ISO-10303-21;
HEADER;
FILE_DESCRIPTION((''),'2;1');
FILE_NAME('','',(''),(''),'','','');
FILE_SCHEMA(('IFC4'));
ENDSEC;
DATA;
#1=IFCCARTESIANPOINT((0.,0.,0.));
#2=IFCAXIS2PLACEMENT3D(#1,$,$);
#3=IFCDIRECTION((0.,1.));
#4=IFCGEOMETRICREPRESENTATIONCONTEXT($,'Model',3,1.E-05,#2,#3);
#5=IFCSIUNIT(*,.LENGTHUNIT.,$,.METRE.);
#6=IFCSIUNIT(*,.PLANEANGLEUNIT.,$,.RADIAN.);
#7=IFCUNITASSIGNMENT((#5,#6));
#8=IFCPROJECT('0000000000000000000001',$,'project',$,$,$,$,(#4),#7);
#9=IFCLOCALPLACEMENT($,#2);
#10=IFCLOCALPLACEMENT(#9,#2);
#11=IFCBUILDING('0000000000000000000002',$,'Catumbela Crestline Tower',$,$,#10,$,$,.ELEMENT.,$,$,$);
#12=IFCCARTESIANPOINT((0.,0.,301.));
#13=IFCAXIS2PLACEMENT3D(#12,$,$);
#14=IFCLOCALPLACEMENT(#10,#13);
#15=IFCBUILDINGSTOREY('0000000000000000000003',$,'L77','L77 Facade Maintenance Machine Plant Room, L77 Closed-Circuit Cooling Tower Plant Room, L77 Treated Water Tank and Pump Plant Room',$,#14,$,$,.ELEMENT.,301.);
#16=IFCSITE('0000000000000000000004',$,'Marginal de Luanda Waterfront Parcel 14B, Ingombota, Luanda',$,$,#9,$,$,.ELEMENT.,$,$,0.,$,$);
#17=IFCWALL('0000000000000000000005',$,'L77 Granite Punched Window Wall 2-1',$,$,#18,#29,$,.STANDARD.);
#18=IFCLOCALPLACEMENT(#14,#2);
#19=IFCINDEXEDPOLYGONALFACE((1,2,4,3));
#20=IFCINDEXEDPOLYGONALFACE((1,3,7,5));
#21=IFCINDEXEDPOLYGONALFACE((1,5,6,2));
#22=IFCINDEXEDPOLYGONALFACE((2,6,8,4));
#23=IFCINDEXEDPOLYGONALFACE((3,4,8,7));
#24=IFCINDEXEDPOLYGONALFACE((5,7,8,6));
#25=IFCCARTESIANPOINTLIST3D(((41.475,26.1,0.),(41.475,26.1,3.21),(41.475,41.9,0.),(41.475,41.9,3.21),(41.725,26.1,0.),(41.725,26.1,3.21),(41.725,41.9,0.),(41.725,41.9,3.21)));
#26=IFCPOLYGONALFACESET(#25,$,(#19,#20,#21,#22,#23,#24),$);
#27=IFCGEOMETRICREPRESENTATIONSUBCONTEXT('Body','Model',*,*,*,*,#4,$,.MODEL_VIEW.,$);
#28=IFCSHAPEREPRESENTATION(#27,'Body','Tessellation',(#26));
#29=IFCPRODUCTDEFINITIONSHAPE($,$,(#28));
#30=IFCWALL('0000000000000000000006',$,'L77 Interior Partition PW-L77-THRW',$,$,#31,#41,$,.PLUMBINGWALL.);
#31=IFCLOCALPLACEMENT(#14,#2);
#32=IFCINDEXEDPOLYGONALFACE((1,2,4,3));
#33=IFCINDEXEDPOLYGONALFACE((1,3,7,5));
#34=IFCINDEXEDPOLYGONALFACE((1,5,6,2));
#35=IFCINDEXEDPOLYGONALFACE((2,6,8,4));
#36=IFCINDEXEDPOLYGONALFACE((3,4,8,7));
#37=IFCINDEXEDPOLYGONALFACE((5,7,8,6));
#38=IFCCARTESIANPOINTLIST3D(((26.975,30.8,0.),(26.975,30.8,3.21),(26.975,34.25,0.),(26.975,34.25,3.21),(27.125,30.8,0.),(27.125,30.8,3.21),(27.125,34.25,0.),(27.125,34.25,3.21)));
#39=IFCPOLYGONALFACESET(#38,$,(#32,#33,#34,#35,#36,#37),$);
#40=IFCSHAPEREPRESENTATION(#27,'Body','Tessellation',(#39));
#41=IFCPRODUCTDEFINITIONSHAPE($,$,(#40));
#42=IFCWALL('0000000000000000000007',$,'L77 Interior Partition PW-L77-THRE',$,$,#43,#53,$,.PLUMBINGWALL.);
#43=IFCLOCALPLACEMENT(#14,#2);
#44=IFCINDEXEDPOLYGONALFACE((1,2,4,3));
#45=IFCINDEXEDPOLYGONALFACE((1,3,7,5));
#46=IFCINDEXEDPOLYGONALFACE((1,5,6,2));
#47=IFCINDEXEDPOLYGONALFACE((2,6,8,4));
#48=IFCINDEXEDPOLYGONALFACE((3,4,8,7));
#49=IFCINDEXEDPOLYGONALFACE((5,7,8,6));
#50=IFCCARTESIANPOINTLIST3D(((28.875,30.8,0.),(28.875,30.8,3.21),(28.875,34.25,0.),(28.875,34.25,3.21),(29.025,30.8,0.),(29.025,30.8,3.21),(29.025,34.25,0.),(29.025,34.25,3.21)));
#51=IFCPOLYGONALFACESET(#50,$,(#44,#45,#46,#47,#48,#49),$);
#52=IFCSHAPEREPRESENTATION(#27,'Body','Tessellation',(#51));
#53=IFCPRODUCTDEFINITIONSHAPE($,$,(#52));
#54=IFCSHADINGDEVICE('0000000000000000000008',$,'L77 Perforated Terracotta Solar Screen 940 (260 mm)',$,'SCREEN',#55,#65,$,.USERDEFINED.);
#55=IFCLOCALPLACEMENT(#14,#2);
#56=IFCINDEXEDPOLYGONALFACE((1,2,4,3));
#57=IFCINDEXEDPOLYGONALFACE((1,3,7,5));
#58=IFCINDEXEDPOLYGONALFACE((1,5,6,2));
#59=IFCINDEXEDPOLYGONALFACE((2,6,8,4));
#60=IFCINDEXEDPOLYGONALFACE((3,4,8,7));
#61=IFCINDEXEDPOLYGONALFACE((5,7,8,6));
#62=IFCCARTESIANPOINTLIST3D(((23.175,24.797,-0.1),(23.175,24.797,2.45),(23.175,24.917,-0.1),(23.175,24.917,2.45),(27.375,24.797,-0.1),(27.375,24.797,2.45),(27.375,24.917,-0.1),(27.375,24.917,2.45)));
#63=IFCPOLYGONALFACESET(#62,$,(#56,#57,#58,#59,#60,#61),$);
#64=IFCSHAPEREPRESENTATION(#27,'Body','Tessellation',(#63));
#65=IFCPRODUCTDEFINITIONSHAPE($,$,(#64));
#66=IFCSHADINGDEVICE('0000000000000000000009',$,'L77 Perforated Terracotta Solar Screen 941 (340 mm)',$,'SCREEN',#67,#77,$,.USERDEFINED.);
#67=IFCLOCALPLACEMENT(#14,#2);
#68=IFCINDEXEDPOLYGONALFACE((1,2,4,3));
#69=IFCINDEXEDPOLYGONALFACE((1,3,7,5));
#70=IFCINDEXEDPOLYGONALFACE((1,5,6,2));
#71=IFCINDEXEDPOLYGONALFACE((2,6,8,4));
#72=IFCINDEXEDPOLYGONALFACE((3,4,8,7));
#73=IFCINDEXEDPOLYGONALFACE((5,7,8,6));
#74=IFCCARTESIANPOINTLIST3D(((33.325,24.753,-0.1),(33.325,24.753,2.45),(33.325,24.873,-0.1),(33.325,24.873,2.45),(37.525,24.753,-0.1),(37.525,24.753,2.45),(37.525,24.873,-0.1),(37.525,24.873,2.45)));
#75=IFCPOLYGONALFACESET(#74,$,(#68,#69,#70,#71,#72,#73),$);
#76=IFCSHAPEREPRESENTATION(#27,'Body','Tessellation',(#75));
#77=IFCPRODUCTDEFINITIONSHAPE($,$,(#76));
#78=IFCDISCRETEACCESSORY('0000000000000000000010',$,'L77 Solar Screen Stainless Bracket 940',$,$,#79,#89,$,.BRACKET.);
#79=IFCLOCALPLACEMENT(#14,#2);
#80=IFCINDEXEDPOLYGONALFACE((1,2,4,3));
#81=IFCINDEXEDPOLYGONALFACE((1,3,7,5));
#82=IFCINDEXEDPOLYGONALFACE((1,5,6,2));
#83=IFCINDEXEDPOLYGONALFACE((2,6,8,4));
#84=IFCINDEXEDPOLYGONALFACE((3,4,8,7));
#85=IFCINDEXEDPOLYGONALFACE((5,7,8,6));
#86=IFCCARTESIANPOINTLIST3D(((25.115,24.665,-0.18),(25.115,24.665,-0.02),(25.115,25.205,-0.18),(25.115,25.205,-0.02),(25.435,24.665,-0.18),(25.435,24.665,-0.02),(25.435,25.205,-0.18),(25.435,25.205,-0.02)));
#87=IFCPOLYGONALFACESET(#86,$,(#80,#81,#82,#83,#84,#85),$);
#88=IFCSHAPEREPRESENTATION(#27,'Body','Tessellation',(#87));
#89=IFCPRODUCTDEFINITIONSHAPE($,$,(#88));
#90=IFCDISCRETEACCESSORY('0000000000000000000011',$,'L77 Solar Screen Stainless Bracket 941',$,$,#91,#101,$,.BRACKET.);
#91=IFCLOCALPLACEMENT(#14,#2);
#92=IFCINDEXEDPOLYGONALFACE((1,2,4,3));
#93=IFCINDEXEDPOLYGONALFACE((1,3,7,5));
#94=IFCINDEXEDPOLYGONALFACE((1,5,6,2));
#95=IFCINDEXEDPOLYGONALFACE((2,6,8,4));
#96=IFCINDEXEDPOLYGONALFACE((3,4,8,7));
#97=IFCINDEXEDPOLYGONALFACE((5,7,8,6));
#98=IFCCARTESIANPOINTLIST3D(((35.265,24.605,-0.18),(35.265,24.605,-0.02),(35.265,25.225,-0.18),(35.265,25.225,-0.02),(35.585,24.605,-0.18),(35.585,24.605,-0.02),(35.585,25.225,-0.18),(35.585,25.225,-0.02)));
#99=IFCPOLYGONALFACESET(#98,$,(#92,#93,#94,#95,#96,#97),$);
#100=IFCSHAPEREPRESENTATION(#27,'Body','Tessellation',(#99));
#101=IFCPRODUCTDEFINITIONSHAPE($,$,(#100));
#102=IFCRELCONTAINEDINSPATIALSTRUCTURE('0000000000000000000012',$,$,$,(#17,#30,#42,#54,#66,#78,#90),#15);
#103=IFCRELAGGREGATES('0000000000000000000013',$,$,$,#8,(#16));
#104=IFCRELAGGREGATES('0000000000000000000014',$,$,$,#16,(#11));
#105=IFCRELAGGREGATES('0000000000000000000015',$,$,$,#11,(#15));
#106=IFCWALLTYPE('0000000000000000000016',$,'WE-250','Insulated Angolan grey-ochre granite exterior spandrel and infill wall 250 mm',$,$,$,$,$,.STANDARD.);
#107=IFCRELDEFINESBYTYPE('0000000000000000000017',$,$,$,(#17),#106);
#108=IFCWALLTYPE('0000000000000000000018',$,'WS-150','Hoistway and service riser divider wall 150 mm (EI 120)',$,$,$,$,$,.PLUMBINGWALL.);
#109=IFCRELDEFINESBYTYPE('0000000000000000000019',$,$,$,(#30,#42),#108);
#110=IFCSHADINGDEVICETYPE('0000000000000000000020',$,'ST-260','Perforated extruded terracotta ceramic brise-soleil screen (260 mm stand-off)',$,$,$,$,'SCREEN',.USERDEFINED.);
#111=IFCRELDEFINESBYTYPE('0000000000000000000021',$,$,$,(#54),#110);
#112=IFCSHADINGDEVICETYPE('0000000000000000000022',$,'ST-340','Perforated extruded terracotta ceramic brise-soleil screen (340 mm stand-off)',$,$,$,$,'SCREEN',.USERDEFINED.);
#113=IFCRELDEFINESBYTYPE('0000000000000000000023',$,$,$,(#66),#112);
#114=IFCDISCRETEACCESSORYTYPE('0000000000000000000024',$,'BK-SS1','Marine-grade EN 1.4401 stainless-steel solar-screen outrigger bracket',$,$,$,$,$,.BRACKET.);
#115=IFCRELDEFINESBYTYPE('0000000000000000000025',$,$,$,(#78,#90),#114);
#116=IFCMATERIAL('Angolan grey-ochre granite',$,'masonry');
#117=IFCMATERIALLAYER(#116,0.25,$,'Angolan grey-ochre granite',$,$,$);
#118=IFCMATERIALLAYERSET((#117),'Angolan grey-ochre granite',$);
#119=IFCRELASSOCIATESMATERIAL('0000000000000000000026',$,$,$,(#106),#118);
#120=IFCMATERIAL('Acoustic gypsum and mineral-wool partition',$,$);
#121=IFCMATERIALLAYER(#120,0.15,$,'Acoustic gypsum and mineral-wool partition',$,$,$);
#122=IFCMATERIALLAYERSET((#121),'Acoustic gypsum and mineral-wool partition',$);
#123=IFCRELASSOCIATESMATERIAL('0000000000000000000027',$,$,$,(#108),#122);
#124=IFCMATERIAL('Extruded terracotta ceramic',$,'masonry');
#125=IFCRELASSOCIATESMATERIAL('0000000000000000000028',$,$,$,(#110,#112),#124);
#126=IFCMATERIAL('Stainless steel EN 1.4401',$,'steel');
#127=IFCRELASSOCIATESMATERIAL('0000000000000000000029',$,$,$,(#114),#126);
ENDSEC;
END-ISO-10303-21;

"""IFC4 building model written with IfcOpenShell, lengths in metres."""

from ifc_helpers import new_model, si_unit, direction, frame, frame_2d, origin, origin_2d, place, context, subcontext, project, spatial, rectangle, extrude, material, layer, layer_set, type_object, element, save


model = new_model("IFC4")

# Units and contexts
model_context = context("Model", 3, precision=1e-05, world=origin(), true_north=direction((0.0, 1.0)))
body_context = subcontext(model_context, "Body", "Model", "MODEL_VIEW")
ifc_project = project(units=[si_unit("LENGTHUNIT", "METRE"), si_unit("PLANEANGLEUNIT", "RADIAN")], contexts=[model_context])

# Site, building, storey
site_placement = place(None, origin())
site = spatial("IfcSite", under=ifc_project, at=site_placement, Name="Marginal de Luanda Waterfront Parcel 14B, Ingombota, Luanda", CompositionType="ELEMENT", RefElevation=0.0)
building_placement = place(site_placement, origin())
building = spatial("IfcBuilding", under=site, at=building_placement, Name="Catumbela Crestline Tower", CompositionType="ELEMENT")
storey_placement = place(building_placement, frame((0.0, 0.0, 301.0)))
storey = spatial("IfcBuildingStorey", under=building, at=storey_placement, Name="L77", Description="L77 Facade Maintenance Machine Plant Room, L77 Closed-Circuit Cooling Tower Plant Room, L77 Treated Water Tank and Pump Plant Room", CompositionType="ELEMENT", Elevation=301.0)

# Shared definitions
ifc_material_1 = material(Name="Stainless steel EN 1.4401", Category="steel")

# Shared definitions
ifc_material_2 = material(Name="Acoustic gypsum and mineral-wool partition")

# Shared definitions
ifc_material_3 = material(Name="Angolan grey-ochre granite", Category="masonry")
ifc_layer_1 = layer(ifc_material_3, 0.25, Name="Angolan grey-ochre granite")
ifc_layer_set_1 = layer_set([ifc_layer_1], Name="Angolan grey-ochre granite")
wall_type_1 = type_object("IfcWallType", Name="WE-250", Description="Insulated Angolan grey-ochre granite exterior spandrel and infill wall 250 mm", PredefinedType="STANDARD", material=ifc_layer_set_1)

# Walls
wall_1_placement = place(storey_placement, frame((41.6, 26.1, 0.0), z_axis=(0.0, 0.0, 1.0), x_axis=(0.0, 1.0, 0.0)))
element("IfcWall", 1, at=wall_1_placement, inside=storey, type_object=wall_type_1, Name="L77 Granite Punched Window Wall 2-1", PredefinedType="STANDARD", context=body_context, shape_type="SweptSolid", body=[
    extrude(rectangle(XDim=15.8, YDim=0.25, at=frame_2d((7.9, 0.0))), origin(), (0.0, 0.0, 1.0), 3.21),
])
ifc_layer_2 = layer(ifc_material_2, 0.15, Name="Acoustic gypsum and mineral-wool partition")
ifc_layer_set_2 = layer_set([ifc_layer_2], Name="Acoustic gypsum and mineral-wool partition")
wall_type_2 = type_object("IfcWallType", Name="WS-150", Description="Hoistway and service riser divider wall 150 mm (EI 120)", PredefinedType="PLUMBINGWALL", material=ifc_layer_set_2)
for number, where, z_axis, x_axis, name in (
    (2, (27.05, 30.8, 0.0), (0.0, 0.0, 1.0), (0.0, 1.0, 0.0), "L77 Interior Partition PW-L77-THRW"),
    (3, (28.95, 30.8, 0.0), (0.0, 0.0, 1.0), (0.0, 1.0, 0.0), "L77 Interior Partition PW-L77-THRE"),
):
    element("IfcWall", number, at=place(storey_placement, frame(where, z_axis=z_axis, x_axis=x_axis)), inside=storey, type_object=wall_type_2, Name=name, PredefinedType="PLUMBINGWALL", context=body_context, shape_type="SweptSolid", body=[
        extrude(rectangle(XDim=3.45, YDim=0.15, at=frame_2d((1.725, 0.0))), origin(), (0.0, 0.0, 1.0), 3.21),
    ])

# Shading devices
ifc_material_4 = material(Name="Extruded terracotta ceramic", Category="masonry")
shading_device_type_1 = type_object("IfcShadingDeviceType", Name="ST-260", Description="Perforated extruded terracotta ceramic brise-soleil screen (260 mm stand-off)", ElementType="SCREEN", PredefinedType="USERDEFINED", material=ifc_material_4)
shading_device_1_placement = place(storey_placement, frame((25.275, 24.857, -0.1), z_axis=(0.0, 0.0, 1.0), x_axis=(1.0, 0.0, 0.0)))
element("IfcShadingDevice", 4, at=shading_device_1_placement, inside=storey, type_object=shading_device_type_1, Name="L77 Perforated Terracotta Solar Screen 940 (260 mm)", ObjectType="SCREEN", PredefinedType="USERDEFINED", context=body_context, shape_type="SweptSolid", body=[
    extrude(rectangle(XDim=4.2, YDim=0.12, at=origin_2d()), origin(), (0.0, 0.0, 1.0), 2.55),
])
shading_device_type_2 = type_object("IfcShadingDeviceType", Name="ST-340", Description="Perforated extruded terracotta ceramic brise-soleil screen (340 mm stand-off)", ElementType="SCREEN", PredefinedType="USERDEFINED", material=ifc_material_4)
shading_device_2_placement = place(storey_placement, frame((35.425, 24.813, -0.1), z_axis=(0.0, 0.0, 1.0), x_axis=(1.0, 0.0, 0.0)))
element("IfcShadingDevice", 5, at=shading_device_2_placement, inside=storey, type_object=shading_device_type_2, Name="L77 Perforated Terracotta Solar Screen 941 (340 mm)", ObjectType="SCREEN", PredefinedType="USERDEFINED", context=body_context, shape_type="SweptSolid", body=[
    extrude(rectangle(XDim=4.2, YDim=0.12, at=origin_2d()), origin(), (0.0, 0.0, 1.0), 2.55),
])

# Discrete accessories
discrete_accessory_type = type_object("IfcDiscreteAccessoryType", Name="BK-SS1", Description="Marine-grade EN 1.4401 stainless-steel solar-screen outrigger bracket", PredefinedType="BRACKET", material=ifc_material_1)
discrete_accessory_1_placement = place(storey_placement, frame((25.275, 24.935, -0.18), z_axis=(0.0, 0.0, 1.0), x_axis=(1.0, 0.0, 0.0)))
element("IfcDiscreteAccessory", 6, at=discrete_accessory_1_placement, inside=storey, type_object=discrete_accessory_type, Name="L77 Solar Screen Stainless Bracket 940", PredefinedType="BRACKET", context=body_context, shape_type="SweptSolid", body=[
    extrude(rectangle(XDim=0.32, YDim=0.54, at=origin_2d()), origin(), (0.0, 0.0, 1.0), 0.16),
])
discrete_accessory_2_placement = place(storey_placement, frame((35.425, 24.915, -0.18), z_axis=(0.0, 0.0, 1.0), x_axis=(1.0, 0.0, 0.0)))
element("IfcDiscreteAccessory", 7, at=discrete_accessory_2_placement, inside=storey, type_object=discrete_accessory_type, Name="L77 Solar Screen Stainless Bracket 941", PredefinedType="BRACKET", context=body_context, shape_type="SweptSolid", body=[
    extrude(rectangle(XDim=0.32, YDim=0.62, at=origin_2d()), origin(), (0.0, 0.0, 1.0), 0.16),
])

save(model, "model.ifc")
